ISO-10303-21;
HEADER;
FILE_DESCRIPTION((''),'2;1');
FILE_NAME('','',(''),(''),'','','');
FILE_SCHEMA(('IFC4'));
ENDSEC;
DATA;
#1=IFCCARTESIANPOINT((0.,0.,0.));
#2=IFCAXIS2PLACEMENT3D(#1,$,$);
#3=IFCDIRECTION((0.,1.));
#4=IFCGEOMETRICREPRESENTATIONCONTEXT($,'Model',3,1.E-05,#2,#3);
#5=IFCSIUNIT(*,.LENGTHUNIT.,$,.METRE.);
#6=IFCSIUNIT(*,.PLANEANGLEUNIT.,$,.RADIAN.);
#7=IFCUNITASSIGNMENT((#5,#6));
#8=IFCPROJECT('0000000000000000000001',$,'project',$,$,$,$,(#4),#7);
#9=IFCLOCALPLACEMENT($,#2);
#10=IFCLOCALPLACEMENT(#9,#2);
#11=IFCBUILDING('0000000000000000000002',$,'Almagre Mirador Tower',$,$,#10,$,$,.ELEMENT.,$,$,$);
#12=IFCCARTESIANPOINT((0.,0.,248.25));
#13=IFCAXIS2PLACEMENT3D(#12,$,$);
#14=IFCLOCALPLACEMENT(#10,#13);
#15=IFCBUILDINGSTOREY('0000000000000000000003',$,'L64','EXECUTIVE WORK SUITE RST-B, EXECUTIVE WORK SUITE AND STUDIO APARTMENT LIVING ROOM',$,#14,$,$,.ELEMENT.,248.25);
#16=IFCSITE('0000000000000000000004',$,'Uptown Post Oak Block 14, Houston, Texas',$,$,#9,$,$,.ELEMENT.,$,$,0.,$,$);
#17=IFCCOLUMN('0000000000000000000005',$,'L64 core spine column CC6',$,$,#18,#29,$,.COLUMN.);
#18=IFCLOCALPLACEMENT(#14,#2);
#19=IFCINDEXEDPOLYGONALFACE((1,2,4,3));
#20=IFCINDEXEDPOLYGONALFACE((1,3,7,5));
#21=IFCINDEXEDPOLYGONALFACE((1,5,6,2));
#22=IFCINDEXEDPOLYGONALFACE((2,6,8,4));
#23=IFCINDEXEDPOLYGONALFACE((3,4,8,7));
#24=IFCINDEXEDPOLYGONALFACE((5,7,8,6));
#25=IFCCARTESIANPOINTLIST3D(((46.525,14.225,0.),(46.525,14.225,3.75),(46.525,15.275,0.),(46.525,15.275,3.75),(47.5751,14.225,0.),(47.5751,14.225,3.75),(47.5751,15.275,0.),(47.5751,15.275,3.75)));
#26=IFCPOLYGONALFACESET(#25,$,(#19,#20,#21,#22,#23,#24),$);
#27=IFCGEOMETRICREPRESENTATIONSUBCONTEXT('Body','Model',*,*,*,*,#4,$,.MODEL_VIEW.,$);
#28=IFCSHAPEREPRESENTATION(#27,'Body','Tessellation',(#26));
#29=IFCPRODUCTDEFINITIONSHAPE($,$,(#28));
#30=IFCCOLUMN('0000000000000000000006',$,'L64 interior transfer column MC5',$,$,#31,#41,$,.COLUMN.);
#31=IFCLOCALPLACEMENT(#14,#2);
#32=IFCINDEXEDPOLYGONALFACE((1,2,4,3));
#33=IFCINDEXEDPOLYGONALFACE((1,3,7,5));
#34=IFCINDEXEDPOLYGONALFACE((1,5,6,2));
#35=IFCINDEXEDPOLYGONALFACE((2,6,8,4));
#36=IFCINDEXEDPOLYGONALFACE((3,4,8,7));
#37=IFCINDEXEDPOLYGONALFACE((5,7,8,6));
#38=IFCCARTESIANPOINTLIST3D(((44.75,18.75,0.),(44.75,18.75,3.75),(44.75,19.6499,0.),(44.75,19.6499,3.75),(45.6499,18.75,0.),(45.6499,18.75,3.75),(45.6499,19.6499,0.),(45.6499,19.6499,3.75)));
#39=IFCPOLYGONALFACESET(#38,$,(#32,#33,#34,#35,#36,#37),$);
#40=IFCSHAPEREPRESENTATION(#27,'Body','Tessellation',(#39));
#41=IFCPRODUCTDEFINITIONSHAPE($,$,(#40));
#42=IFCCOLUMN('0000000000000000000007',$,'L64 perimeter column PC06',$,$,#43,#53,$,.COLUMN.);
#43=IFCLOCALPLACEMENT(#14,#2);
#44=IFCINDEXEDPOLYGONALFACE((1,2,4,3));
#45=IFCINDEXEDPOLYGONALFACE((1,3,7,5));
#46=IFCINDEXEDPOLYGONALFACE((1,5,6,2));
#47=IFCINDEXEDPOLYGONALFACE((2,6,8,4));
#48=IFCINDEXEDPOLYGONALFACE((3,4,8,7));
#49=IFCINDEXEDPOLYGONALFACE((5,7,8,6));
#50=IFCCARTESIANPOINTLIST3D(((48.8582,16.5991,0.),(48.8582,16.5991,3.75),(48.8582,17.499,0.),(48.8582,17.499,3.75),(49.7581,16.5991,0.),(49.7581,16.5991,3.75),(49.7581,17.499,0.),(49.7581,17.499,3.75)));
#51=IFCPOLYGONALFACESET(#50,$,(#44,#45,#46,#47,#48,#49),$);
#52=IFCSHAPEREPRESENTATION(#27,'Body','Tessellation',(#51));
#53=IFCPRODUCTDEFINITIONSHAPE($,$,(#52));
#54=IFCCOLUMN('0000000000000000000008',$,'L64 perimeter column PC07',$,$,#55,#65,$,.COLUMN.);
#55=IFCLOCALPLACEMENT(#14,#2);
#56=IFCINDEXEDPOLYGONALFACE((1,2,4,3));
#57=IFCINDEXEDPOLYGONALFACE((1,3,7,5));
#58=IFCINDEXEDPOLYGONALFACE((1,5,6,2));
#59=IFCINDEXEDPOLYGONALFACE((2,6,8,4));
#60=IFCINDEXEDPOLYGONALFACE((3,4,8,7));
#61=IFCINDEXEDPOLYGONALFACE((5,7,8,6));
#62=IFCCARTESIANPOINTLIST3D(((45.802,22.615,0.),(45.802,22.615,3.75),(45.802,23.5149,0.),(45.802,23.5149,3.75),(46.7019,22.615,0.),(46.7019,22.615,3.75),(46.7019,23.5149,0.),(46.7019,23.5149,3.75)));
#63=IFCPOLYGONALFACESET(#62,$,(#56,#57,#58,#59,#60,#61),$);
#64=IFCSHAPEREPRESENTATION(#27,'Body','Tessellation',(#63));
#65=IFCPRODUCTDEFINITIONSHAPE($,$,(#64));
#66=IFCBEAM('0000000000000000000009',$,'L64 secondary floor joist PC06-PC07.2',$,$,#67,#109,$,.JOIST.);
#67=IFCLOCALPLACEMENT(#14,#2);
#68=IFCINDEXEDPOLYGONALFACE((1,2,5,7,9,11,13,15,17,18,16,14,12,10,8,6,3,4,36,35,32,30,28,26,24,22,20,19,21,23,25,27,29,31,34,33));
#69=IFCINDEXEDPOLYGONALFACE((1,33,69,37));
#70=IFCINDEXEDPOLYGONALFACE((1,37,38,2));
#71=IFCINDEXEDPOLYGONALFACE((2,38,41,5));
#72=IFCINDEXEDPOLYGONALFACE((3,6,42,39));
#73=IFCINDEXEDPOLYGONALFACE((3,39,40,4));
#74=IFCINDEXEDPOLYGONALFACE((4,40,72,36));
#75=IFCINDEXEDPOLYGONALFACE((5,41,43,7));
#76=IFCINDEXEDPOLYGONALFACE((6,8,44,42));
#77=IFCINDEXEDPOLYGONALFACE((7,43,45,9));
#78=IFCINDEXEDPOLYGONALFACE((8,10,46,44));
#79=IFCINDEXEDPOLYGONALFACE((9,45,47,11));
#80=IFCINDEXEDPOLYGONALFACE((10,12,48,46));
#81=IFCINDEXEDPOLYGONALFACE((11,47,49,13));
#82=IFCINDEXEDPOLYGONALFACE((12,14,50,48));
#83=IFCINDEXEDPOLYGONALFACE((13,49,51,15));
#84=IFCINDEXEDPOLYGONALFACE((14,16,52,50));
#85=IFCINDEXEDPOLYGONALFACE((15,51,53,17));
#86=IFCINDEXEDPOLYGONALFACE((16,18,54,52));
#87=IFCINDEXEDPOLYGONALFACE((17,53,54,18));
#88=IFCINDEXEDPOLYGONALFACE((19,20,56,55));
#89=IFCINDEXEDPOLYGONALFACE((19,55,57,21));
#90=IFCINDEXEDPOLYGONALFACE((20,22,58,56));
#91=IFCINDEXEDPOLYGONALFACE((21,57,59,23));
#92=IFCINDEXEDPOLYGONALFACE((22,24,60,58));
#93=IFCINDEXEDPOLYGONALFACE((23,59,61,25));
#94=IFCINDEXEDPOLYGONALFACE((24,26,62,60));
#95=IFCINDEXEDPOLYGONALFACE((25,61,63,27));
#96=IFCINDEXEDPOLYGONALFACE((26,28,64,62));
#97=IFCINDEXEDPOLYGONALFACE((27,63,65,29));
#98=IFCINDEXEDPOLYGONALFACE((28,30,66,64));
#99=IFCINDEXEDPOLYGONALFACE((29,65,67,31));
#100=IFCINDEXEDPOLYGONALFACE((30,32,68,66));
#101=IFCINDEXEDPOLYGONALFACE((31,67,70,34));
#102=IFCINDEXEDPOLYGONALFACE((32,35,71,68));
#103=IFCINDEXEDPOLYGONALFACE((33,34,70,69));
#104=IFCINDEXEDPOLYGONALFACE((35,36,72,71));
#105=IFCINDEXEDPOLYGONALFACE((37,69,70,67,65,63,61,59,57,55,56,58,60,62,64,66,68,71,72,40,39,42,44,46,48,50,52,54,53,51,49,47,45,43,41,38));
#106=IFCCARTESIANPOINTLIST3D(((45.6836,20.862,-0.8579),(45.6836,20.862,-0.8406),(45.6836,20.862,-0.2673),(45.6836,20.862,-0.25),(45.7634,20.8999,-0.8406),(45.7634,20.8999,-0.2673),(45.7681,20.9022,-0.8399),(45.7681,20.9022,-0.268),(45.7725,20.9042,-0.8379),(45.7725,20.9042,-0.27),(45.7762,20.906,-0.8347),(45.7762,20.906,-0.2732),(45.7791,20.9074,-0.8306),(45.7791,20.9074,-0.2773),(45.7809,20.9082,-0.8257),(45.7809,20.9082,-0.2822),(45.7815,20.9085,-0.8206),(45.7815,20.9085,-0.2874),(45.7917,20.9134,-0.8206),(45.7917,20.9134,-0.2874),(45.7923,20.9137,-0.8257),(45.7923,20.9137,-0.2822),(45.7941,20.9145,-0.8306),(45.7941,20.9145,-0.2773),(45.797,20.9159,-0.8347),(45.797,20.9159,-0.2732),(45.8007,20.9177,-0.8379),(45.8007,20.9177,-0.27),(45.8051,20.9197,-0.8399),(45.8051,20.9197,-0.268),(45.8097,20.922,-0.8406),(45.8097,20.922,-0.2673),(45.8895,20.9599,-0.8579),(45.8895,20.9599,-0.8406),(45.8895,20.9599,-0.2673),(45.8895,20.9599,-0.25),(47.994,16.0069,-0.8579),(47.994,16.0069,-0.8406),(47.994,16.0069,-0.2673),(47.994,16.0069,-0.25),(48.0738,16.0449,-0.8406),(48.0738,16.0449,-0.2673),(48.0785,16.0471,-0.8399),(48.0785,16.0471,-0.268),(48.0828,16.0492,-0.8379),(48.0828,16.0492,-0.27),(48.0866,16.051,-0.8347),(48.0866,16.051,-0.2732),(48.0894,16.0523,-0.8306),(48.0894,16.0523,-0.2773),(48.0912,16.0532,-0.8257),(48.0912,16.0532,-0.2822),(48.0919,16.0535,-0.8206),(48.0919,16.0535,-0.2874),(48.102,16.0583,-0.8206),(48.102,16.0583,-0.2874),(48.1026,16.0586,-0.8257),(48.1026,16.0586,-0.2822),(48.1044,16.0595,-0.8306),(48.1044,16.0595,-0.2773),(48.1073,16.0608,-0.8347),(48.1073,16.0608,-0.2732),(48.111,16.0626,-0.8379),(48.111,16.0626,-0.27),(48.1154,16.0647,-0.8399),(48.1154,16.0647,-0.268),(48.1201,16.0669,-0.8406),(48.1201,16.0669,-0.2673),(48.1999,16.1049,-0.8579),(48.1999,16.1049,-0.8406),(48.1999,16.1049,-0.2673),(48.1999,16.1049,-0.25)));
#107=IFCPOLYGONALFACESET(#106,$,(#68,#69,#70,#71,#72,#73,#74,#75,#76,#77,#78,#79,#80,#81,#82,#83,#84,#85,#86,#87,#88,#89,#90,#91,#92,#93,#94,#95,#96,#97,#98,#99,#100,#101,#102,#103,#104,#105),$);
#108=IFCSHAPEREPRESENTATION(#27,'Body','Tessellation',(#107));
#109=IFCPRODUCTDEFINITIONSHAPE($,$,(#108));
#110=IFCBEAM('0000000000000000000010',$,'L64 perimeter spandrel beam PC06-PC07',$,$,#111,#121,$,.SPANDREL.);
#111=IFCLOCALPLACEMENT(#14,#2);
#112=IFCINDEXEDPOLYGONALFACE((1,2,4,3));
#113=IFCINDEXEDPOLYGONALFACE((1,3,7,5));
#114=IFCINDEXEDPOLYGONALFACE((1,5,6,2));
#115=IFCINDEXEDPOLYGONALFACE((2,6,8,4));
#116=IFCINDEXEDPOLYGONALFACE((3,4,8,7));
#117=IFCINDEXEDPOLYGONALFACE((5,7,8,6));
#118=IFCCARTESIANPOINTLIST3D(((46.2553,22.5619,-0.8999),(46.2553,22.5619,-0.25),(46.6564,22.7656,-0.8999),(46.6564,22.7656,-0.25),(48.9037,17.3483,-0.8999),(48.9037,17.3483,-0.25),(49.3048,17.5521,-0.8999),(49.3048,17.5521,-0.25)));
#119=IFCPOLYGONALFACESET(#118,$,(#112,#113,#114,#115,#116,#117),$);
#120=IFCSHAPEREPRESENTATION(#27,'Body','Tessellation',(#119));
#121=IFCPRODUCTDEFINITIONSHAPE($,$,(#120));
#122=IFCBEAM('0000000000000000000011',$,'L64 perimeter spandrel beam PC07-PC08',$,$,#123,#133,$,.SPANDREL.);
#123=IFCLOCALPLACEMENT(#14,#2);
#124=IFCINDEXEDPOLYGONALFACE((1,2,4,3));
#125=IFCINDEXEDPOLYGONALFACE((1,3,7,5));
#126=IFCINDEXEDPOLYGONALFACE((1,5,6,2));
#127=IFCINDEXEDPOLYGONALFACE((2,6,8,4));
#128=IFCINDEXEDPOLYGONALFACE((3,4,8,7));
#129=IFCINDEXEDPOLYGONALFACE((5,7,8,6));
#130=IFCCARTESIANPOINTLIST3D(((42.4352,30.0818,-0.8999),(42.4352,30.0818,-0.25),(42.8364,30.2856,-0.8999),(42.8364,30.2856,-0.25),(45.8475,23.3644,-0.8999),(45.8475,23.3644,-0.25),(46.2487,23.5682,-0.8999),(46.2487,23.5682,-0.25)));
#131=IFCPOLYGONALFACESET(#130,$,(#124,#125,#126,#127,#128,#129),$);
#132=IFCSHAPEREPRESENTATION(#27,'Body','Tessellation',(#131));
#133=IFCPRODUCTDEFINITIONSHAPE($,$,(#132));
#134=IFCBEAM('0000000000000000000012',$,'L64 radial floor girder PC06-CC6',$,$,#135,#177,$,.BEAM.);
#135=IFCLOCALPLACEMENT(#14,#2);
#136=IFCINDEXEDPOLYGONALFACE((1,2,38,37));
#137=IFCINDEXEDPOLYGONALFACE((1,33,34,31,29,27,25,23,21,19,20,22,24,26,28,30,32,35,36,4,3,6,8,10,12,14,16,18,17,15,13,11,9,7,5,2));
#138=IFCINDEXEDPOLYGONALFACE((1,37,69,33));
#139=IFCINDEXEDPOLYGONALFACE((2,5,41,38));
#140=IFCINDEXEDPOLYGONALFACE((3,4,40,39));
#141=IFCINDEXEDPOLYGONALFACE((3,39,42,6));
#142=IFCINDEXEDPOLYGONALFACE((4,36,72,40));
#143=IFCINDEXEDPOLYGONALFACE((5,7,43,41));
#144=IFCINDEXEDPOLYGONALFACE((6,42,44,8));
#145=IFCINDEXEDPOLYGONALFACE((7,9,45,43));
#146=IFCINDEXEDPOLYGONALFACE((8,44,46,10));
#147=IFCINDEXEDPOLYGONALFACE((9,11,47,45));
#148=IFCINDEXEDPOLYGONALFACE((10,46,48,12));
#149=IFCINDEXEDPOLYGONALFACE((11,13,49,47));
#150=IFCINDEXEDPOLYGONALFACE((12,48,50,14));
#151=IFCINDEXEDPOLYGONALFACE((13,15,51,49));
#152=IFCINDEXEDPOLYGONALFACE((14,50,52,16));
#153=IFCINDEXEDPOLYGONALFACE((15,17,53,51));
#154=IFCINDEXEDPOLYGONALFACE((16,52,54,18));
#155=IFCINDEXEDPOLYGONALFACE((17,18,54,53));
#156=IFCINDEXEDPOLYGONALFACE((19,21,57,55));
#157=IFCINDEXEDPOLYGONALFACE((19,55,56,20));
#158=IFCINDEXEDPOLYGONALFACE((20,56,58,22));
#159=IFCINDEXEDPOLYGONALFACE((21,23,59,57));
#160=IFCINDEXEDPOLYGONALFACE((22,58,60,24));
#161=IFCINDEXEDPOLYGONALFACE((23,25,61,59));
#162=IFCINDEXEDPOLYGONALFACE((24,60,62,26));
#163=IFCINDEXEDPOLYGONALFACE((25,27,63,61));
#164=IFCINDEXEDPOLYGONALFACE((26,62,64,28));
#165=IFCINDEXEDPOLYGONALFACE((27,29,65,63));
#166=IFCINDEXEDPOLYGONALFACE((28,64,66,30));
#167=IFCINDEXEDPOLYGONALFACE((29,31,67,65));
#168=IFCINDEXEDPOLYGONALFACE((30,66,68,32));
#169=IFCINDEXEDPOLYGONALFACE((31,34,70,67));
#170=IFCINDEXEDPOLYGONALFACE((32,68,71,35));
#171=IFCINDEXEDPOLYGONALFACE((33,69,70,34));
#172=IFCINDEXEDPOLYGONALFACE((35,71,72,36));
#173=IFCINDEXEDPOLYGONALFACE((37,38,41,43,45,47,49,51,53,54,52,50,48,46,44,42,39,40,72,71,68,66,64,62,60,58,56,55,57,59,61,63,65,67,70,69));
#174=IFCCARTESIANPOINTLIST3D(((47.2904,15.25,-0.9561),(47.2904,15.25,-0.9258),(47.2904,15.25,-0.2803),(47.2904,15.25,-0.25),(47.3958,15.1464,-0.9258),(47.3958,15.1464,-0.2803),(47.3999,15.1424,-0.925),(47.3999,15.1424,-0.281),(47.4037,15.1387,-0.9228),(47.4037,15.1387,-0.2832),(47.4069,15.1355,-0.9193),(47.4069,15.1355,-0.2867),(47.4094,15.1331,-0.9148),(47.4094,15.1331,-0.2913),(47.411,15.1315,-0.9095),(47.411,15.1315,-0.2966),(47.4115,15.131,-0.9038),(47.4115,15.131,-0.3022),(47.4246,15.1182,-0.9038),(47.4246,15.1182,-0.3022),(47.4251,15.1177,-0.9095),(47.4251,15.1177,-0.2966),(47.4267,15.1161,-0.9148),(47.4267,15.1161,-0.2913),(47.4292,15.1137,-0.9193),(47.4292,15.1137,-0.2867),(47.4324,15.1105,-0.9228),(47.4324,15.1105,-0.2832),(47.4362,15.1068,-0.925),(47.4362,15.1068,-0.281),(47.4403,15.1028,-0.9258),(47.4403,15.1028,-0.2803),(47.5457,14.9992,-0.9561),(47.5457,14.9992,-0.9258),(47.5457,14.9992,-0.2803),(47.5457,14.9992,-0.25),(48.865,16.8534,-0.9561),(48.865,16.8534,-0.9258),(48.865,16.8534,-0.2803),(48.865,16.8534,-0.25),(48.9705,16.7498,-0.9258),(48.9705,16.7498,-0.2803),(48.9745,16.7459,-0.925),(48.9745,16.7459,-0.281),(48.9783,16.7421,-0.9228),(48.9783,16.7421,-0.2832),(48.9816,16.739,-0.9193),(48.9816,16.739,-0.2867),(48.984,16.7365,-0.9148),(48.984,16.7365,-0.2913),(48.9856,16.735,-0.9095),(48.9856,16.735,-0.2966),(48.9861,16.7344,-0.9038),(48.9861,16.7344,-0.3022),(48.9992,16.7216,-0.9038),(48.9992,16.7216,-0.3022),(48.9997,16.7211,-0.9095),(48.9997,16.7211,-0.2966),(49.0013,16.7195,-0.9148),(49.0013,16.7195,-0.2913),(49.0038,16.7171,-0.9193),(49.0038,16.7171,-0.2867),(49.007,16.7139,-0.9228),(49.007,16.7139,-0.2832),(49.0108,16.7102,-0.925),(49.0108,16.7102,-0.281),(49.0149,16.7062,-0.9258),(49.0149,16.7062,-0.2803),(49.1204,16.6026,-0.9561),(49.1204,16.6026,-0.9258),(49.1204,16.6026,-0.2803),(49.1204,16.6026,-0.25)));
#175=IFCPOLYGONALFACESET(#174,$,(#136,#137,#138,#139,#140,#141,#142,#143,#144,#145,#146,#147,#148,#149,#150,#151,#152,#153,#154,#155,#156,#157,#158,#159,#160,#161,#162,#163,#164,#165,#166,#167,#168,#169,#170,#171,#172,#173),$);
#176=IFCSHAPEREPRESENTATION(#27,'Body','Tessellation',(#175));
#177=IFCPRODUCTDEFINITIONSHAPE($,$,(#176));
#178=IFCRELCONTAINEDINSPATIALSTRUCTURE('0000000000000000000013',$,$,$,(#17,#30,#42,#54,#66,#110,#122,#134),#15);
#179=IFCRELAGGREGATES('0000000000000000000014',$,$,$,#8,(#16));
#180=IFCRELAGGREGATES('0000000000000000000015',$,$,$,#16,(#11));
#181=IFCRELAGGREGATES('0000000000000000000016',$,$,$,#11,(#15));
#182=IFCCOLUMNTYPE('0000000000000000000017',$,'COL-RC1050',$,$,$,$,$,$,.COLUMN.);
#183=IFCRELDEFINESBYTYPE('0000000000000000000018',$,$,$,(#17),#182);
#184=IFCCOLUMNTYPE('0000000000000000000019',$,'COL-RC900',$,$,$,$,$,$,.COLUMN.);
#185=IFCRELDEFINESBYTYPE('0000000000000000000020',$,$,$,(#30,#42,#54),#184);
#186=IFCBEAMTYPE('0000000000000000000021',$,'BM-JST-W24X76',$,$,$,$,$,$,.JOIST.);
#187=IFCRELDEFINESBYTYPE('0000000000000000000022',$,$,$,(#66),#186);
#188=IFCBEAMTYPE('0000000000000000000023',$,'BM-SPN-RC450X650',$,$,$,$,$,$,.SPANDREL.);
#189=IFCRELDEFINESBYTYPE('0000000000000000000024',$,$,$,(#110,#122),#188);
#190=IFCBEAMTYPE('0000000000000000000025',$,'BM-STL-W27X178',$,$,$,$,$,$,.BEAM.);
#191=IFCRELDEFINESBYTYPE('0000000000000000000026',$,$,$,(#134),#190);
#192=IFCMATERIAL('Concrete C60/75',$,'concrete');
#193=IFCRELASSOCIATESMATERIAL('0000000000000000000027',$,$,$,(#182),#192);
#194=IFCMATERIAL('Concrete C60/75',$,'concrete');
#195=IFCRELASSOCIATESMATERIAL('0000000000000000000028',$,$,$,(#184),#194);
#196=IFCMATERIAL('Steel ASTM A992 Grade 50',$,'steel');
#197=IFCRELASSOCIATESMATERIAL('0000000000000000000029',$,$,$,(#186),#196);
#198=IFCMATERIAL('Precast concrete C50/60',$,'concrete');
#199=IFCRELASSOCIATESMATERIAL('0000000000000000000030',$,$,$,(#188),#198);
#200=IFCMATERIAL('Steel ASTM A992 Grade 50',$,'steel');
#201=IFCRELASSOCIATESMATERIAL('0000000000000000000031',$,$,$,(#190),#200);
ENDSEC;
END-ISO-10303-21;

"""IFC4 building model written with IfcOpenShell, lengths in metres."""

from ifc_helpers import new_model, si_unit, direction, frame, origin, origin_2d, place, context, subcontext, project, spatial, rectangle, i_section, extrude, material, material_profile, profile_set, type_object, element, save


model = new_model("IFC4")

# Units and contexts
model_context = context("Model", 3, precision=1e-05, world=origin(), true_north=direction((0.0, 1.0)))
body_context = subcontext(model_context, "Body", "Model", "MODEL_VIEW")
ifc_project = project(units=[si_unit("LENGTHUNIT", "METRE"), si_unit("PLANEANGLEUNIT", "RADIAN")], contexts=[model_context])

# Site, building, storey
site_placement = place(None, origin())
site = spatial("IfcSite", under=ifc_project, at=site_placement, Name="Uptown Post Oak Block 14, Houston, Texas", CompositionType="ELEMENT", RefElevation=0.0)
building_placement = place(site_placement, origin())
building = spatial("IfcBuilding", under=site, at=building_placement, Name="Almagre Mirador Tower", CompositionType="ELEMENT")
storey_placement = place(building_placement, frame((0.0, 0.0, 248.25)))
storey = spatial("IfcBuildingStorey", under=building, at=storey_placement, Name="L64", Description="EXECUTIVE WORK SUITE RST-B, EXECUTIVE WORK SUITE AND STUDIO APARTMENT LIVING ROOM", CompositionType="ELEMENT", Elevation=248.25)

# Columns
ifc_material_1 = material(Name="Concrete C60/75", Category="concrete")
ifc_material_profile_1 = material_profile(ifc_material_1, rectangle(XDim=1.05, YDim=1.05, at=origin_2d()), Name="RC1050X1050")
ifc_profile_set_1 = profile_set([ifc_material_profile_1], Name="Concrete C60/75")
column_type_1 = type_object("IfcColumnType", Name="COL-RC1050", PredefinedType="COLUMN", material=ifc_profile_set_1)
column_placement = place(storey_placement, frame((47.05, 14.75, 0.0), z_axis=(0.0, 0.0, 1.0), x_axis=(1.0, 0.0, 0.0)))
element("IfcColumn", 1, at=column_placement, inside=storey, type_object=column_type_1, Name="L64 core spine column CC6", PredefinedType="COLUMN", context=body_context, shape_type="SweptSolid", body=[
    extrude(rectangle(XDim=1.05, YDim=1.05, at=origin_2d()), origin(), (0.0, 0.0, 1.0), 3.75),
])
ifc_material_2 = material(Name="Concrete C60/75", Category="concrete")
ifc_material_profile_2 = material_profile(ifc_material_2, rectangle(XDim=0.8999, YDim=0.8999, at=origin_2d()), Name="RC900X900")
ifc_profile_set_2 = profile_set([ifc_material_profile_2], Name="Concrete C60/75")
column_type_2 = type_object("IfcColumnType", Name="COL-RC900", PredefinedType="COLUMN", material=ifc_profile_set_2)
for number, where, z_axis, x_axis, name in (
    (2, (45.2, 19.2, 0.0), (0.0, 0.0, 1.0), (1.0, 0.0, 0.0), "L64 interior transfer column MC5"),
    (3, (49.3081, 17.0491, 0.0), (0.0, 0.0, 1.0), (1.0, 0.0, 0.0), "L64 perimeter column PC06"),
    (4, (46.252, 23.0649, 0.0), (0.0, 0.0, 1.0), (1.0, 0.0, 0.0), "L64 perimeter column PC07"),
):
    element("IfcColumn", number, at=place(storey_placement, frame(where, z_axis=z_axis, x_axis=x_axis)), inside=storey, type_object=column_type_2, Name=name, PredefinedType="COLUMN", context=body_context, shape_type="SweptSolid", body=[
        extrude(rectangle(XDim=0.8999, YDim=0.8999, at=origin_2d()), origin(), (0.0, 0.0, 1.0), 3.75),
    ])

# Beams
ifc_material_3 = material(Name="Steel ASTM A992 Grade 50", Category="steel")
ifc_material_profile_3 = material_profile(ifc_material_3, i_section(OverallWidth=0.228, OverallDepth=0.6079, WebThickness=0.0112, FlangeThickness=0.0173, FilletRadius=0.02, at=origin_2d()), Name="W24X76")
ifc_profile_set_3 = profile_set([ifc_material_profile_3], Name="Steel ASTM A992 Grade 50")
beam_type_1 = type_object("IfcBeamType", Name="BM-JST-W24X76", PredefinedType="JOIST", material=ifc_profile_set_3)
beam_1_placement = place(storey_placement, frame((48.0969, 16.0559, -0.554), z_axis=(-0.429692, 0.902975, 0.0), x_axis=(-0.902975, -0.429692, 0.0)))
element("IfcBeam", 5, at=beam_1_placement, inside=storey, type_object=beam_type_1, Name="L64 secondary floor joist PC06-PC07.2", PredefinedType="JOIST", context=body_context, shape_type="SweptSolid", body=[
    extrude(i_section(OverallWidth=0.228, OverallDepth=0.6079, WebThickness=0.0112, FlangeThickness=0.0173, FilletRadius=0.02, at=origin_2d()), origin(), (0.0, 0.0, 1.0), 5.3767),
])
ifc_material_4 = material(Name="Precast concrete C50/60", Category="concrete")
ifc_material_profile_4 = material_profile(ifc_material_4, rectangle(XDim=0.45, YDim=0.6499, at=origin_2d()), Name="RC450X650")
ifc_profile_set_4 = profile_set([ifc_material_profile_4], Name="Precast concrete C50/60")
beam_type_2 = type_object("IfcBeamType", Name="BM-SPN-RC450X650", PredefinedType="SPANDREL", material=ifc_profile_set_4)
beam_2_placement = place(storey_placement, frame((49.1042, 17.4502, -0.575), z_axis=(-0.452899, 0.891562, 0.0), x_axis=(-0.891562, -0.452899, 0.0)))
element("IfcBeam", 6, at=beam_2_placement, inside=storey, type_object=beam_type_2, Name="L64 perimeter spandrel beam PC06-PC07", PredefinedType="SPANDREL", context=body_context, shape_type="SweptSolid", body=[
    extrude(rectangle(XDim=0.45, YDim=0.6499, at=origin_2d()), origin(), (0.0, 0.0, 1.0), 5.8477),
])
beam_3_placement = place(storey_placement, frame((46.0481, 23.4663, -0.575), z_axis=(-0.452894, 0.891564, 0.0), x_axis=(-0.891564, -0.452894, 0.0)))
element("IfcBeam", 7, at=beam_3_placement, inside=storey, type_object=beam_type_2, Name="L64 perimeter spandrel beam PC07-PC08", PredefinedType="SPANDREL", context=body_context, shape_type="SweptSolid", body=[
    extrude(rectangle(XDim=0.45, YDim=0.6499, at=origin_2d()), origin(), (0.0, 0.0, 1.0), 7.5344),
])
ifc_material_5 = material(Name="Steel ASTM A992 Grade 50", Category="steel")
ifc_material_profile_5 = material_profile(ifc_material_5, i_section(OverallWidth=0.3579, OverallDepth=0.7061, WebThickness=0.0183, FlangeThickness=0.0303, FilletRadius=0.022, at=origin_2d()), Name="W27X178")
ifc_profile_set_5 = profile_set([ifc_material_profile_5], Name="Steel ASTM A992 Grade 50")
beam_type_3 = type_object("IfcBeamType", Name="BM-STL-W27X178", PredefinedType="BEAM", material=ifc_profile_set_5)
beam_4_placement = place(storey_placement, frame((48.9927, 16.728, -0.603), z_axis=(-0.700669, -0.713487, 0.0), x_axis=(0.713487, -0.700669, 0.0)))
element("IfcBeam", 8, at=beam_4_placement, inside=storey, type_object=beam_type_3, Name="L64 radial floor girder PC06-CC6", PredefinedType="BEAM", context=body_context, shape_type="SweptSolid", body=[
    extrude(i_section(OverallWidth=0.3579, OverallDepth=0.7061, WebThickness=0.0183, FlangeThickness=0.0303, FilletRadius=0.022, at=origin_2d()), origin(), (0.0, 0.0, 1.0), 2.2473),
])

save(model, "model.ifc")
